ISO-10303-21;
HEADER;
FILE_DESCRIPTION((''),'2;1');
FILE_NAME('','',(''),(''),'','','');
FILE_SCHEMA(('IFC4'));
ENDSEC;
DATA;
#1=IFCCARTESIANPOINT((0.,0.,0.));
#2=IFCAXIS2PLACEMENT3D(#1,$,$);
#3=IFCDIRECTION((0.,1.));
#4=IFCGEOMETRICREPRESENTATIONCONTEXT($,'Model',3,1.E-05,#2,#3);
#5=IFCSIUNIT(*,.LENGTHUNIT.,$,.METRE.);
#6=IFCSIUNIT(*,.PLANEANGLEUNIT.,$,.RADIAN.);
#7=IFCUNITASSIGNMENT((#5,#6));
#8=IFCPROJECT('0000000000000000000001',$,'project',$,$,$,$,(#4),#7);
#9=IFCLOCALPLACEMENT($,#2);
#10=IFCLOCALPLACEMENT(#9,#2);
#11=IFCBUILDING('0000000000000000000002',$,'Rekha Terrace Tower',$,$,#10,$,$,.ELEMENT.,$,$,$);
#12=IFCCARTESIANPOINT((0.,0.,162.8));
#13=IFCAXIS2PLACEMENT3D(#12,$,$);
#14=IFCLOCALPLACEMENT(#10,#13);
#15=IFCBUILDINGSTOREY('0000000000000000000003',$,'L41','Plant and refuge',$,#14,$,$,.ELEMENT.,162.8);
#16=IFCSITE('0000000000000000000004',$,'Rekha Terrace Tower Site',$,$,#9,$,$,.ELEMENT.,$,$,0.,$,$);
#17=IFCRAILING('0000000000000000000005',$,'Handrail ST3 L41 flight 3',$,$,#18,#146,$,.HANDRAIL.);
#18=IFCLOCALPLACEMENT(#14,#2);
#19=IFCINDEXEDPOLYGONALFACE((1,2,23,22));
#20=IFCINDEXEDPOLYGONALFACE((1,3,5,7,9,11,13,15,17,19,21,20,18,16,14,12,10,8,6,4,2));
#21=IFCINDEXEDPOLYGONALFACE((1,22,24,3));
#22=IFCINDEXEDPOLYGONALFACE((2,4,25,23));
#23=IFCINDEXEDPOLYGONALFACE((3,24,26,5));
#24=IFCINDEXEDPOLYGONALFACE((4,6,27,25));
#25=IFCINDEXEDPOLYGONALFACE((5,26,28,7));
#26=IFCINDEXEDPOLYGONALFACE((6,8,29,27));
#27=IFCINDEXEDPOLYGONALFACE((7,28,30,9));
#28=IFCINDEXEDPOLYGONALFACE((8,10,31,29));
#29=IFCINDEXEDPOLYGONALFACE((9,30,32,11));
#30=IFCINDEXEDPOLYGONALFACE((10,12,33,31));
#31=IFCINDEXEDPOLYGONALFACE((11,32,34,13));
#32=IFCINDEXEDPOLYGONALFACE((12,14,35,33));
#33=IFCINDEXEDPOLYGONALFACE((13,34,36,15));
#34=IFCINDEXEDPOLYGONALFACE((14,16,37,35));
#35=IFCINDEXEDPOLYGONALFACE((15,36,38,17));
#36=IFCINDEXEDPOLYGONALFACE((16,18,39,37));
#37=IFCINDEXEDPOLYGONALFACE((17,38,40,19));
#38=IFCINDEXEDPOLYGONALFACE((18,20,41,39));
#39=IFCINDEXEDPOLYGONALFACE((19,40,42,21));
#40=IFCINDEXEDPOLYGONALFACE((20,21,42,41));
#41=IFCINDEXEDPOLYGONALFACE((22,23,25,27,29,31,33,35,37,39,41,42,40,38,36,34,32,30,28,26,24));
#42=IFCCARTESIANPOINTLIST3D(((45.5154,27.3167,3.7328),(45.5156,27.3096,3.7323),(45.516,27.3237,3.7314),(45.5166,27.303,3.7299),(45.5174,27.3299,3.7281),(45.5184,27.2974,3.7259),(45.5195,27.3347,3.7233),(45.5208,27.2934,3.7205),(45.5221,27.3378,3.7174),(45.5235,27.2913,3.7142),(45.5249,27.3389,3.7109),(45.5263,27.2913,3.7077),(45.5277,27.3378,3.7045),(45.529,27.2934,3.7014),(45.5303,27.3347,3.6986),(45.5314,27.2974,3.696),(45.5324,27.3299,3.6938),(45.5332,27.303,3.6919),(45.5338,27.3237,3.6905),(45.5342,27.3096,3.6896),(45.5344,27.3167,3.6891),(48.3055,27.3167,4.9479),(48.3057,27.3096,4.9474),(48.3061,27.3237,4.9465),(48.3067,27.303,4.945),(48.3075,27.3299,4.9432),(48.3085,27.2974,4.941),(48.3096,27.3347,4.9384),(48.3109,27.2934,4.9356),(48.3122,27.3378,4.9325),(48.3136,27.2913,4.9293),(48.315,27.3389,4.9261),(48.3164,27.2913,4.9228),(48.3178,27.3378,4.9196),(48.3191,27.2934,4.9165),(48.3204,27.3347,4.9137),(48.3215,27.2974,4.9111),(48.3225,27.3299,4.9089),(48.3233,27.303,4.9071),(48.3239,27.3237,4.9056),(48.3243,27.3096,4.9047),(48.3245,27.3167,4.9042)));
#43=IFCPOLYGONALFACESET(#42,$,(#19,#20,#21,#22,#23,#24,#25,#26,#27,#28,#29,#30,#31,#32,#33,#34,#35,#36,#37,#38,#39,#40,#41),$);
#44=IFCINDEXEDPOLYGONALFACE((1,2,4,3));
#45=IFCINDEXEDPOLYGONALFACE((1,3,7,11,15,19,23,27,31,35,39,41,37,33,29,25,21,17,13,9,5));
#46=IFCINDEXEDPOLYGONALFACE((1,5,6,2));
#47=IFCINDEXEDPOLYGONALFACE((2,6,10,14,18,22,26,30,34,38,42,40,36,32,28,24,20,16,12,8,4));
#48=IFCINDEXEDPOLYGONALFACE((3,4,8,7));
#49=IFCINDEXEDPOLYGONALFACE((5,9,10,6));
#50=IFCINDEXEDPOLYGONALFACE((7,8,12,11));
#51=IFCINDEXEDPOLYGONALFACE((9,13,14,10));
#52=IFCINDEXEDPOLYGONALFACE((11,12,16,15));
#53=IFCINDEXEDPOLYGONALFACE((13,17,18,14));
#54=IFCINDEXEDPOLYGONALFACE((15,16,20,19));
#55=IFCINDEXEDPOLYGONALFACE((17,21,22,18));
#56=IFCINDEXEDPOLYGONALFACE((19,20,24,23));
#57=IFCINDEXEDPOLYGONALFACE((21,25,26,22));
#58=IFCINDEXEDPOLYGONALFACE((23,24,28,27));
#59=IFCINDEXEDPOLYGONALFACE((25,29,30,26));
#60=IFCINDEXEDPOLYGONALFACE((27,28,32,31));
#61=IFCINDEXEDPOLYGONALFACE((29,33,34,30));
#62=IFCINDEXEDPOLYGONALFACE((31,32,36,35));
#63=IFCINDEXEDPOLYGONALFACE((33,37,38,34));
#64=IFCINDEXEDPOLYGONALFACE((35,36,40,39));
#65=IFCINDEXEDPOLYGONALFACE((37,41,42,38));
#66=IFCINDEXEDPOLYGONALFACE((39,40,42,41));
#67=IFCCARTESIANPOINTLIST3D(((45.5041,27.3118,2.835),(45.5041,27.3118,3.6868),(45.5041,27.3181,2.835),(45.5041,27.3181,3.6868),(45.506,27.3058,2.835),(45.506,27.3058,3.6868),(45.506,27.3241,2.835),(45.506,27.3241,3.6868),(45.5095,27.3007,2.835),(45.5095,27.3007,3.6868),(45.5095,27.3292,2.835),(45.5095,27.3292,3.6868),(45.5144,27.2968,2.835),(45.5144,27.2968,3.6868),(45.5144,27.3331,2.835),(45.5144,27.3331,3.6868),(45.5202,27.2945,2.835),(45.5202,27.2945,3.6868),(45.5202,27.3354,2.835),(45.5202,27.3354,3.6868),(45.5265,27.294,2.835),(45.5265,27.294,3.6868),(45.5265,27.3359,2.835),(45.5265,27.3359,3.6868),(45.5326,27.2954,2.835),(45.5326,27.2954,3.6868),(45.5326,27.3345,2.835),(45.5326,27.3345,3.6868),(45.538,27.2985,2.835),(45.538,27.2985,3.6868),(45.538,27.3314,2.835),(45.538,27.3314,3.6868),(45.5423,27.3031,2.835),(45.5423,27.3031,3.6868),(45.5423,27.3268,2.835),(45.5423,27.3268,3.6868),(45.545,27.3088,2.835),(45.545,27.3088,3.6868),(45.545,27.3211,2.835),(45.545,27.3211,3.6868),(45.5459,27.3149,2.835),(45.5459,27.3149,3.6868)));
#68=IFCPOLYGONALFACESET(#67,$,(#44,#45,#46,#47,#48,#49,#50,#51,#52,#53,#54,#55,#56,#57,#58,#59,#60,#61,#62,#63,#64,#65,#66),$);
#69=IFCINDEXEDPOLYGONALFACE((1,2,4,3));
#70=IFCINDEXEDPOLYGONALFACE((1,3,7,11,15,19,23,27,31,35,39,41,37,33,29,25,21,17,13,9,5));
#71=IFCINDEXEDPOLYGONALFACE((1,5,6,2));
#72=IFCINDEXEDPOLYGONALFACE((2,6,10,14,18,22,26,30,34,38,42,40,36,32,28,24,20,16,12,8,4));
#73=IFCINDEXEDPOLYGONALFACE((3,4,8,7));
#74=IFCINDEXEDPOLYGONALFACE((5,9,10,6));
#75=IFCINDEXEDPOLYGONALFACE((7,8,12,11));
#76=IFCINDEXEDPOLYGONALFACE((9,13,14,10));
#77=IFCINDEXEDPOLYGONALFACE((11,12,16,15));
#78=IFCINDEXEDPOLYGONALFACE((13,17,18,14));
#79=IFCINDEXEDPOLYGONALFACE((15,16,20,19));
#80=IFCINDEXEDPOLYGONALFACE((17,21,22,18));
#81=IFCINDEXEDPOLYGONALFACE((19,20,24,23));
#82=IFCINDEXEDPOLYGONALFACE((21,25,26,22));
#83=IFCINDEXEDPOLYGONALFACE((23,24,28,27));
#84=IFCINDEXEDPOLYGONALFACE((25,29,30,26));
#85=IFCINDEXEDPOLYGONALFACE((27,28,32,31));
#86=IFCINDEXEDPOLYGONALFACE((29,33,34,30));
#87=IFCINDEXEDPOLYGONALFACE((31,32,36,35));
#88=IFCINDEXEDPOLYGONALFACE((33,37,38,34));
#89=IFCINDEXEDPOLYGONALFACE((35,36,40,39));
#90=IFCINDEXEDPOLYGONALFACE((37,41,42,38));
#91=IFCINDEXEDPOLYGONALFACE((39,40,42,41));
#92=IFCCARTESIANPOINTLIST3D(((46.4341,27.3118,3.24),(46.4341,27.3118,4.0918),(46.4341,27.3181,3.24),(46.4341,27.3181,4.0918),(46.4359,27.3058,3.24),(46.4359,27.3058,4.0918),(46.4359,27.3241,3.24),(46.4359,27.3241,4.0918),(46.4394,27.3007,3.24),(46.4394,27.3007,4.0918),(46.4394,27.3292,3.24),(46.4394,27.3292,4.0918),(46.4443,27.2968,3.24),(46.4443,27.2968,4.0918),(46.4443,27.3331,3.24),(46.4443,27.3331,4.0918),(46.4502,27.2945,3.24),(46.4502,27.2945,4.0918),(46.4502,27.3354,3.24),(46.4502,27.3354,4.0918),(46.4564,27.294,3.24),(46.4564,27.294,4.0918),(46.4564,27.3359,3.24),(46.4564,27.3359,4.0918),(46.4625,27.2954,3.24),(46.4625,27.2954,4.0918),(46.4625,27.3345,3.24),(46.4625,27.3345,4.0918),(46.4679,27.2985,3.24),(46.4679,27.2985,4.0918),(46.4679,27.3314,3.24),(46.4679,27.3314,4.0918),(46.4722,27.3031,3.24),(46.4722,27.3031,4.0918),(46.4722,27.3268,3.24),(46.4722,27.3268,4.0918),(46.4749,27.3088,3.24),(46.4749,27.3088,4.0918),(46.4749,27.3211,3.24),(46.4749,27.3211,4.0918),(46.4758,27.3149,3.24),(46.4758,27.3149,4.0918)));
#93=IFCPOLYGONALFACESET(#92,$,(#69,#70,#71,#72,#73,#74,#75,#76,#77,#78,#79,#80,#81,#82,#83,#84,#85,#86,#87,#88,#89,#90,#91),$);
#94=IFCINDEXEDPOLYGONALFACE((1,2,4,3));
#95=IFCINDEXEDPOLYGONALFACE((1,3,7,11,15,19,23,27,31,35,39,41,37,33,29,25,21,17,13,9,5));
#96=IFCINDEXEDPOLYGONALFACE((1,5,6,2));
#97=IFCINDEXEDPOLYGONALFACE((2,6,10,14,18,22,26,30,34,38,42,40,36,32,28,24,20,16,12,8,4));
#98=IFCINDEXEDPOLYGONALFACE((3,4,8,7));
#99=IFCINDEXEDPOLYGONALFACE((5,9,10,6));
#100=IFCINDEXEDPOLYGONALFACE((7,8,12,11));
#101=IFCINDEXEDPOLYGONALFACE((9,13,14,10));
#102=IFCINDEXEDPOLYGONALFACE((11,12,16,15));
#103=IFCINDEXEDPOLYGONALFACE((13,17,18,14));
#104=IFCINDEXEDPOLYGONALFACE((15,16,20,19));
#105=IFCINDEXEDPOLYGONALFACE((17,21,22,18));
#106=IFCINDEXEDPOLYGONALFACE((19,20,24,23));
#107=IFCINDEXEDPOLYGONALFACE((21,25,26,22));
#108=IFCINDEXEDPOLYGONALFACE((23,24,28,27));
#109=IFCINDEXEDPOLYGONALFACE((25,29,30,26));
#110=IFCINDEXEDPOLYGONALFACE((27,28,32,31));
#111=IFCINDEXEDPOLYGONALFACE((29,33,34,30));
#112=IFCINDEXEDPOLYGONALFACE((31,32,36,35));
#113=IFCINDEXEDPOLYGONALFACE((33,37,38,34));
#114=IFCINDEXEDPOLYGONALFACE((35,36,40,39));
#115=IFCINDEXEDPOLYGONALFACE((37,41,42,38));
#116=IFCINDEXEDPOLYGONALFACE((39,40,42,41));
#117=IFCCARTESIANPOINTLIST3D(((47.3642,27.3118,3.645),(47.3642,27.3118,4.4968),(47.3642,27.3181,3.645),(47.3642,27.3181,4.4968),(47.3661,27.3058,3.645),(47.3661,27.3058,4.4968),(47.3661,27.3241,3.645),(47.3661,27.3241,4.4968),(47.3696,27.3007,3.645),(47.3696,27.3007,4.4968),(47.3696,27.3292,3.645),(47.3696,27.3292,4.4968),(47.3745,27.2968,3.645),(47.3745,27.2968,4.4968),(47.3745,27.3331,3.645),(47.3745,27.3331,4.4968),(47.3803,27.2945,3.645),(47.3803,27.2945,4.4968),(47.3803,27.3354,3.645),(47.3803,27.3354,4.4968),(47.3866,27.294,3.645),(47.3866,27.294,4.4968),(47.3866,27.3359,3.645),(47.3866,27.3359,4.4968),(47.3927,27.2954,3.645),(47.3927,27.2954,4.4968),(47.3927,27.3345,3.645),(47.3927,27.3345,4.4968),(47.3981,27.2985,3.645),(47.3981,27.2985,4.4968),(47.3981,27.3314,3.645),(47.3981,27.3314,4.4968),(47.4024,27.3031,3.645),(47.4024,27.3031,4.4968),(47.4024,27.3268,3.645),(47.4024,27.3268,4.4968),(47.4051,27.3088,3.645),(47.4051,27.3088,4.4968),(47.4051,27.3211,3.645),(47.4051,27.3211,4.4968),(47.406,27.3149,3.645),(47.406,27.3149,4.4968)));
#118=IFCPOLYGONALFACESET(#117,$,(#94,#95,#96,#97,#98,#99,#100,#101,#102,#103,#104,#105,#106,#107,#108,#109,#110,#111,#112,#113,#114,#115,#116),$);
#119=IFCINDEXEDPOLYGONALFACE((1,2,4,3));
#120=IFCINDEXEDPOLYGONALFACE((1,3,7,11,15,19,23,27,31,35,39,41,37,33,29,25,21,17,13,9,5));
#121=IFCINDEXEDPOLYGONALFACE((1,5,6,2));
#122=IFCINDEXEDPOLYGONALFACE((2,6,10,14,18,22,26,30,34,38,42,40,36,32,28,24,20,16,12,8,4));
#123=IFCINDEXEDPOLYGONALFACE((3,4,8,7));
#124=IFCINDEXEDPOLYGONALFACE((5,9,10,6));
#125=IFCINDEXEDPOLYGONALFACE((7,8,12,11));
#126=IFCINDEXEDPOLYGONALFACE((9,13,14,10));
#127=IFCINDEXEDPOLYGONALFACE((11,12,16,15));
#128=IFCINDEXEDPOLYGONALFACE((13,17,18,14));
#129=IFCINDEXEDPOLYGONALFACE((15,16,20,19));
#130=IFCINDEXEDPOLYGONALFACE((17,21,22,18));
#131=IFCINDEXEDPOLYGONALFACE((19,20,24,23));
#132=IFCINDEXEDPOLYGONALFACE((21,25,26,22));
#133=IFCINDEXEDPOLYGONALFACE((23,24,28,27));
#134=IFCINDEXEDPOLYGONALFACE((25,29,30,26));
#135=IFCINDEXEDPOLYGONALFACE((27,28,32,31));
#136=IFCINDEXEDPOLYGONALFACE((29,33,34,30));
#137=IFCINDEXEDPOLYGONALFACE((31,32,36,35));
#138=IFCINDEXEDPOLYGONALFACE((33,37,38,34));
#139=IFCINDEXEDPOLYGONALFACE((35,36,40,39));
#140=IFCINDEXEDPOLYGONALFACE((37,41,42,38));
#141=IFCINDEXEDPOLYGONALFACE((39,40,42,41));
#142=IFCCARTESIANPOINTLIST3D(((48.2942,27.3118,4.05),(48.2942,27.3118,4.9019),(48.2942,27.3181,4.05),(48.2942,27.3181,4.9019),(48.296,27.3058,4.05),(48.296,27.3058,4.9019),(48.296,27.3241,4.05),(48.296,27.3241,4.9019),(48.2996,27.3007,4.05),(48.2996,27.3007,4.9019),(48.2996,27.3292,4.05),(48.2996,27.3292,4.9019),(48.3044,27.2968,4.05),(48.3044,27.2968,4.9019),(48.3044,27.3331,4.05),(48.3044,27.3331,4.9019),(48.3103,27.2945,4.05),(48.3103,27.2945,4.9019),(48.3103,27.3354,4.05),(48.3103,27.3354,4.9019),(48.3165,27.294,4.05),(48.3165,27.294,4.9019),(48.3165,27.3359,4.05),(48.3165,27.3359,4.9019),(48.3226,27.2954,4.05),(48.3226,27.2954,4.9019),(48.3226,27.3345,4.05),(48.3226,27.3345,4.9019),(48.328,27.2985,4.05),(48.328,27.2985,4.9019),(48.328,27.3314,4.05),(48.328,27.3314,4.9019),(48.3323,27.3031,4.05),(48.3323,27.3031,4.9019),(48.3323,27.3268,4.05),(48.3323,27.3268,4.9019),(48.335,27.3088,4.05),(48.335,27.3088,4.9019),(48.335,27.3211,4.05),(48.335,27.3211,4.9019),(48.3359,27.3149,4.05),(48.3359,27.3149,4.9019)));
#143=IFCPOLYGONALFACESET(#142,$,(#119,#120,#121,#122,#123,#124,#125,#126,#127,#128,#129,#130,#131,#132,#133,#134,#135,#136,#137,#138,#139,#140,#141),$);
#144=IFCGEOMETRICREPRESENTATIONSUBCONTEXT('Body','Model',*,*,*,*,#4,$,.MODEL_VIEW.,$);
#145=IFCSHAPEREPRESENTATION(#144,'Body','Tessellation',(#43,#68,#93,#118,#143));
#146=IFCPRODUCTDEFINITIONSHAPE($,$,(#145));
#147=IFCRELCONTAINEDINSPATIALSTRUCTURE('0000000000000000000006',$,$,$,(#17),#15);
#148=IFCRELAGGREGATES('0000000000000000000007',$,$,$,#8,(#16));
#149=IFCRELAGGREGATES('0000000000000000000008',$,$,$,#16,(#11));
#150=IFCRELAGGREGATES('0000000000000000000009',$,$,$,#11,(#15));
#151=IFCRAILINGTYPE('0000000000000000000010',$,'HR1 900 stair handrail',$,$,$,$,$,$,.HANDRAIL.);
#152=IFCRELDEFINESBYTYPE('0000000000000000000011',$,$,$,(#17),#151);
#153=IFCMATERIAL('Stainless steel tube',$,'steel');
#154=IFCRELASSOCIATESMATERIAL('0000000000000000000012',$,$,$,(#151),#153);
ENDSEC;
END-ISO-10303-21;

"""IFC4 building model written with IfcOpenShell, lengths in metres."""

from ifc_helpers import new_model, si_unit, direction, frame, origin, origin_2d, place, context, subcontext, project, spatial, circle, extrude, material, type_object, element, save


model = new_model("IFC4")

# Units and contexts
model_context = context("Model", 3, precision=1e-05, world=origin(), true_north=direction((0.0, 1.0)))
body_context = subcontext(model_context, "Body", "Model", "MODEL_VIEW")
ifc_project = project(units=[si_unit("LENGTHUNIT", "METRE"), si_unit("PLANEANGLEUNIT", "RADIAN")], contexts=[model_context])

# Site, building, storey
site_placement = place(None, origin())
site = spatial("IfcSite", under=ifc_project, at=site_placement, Name="Rekha Terrace Tower Site", CompositionType="ELEMENT", RefElevation=0.0)
building_placement = place(site_placement, origin())
building = spatial("IfcBuilding", under=site, at=building_placement, Name="Rekha Terrace Tower", CompositionType="ELEMENT")
storey_placement = place(building_placement, frame((0.0, 0.0, 162.8)))
storey = spatial("IfcBuildingStorey", under=building, at=storey_placement, Name="L41", Description="Plant and refuge", CompositionType="ELEMENT", Elevation=162.8)

# Railing
ifc_material_1 = material(Name="Stainless steel tube", Category="steel")
railing_type_1 = type_object("IfcRailingType", Name="HR1 900 stair handrail", PredefinedType="HANDRAIL", material=ifc_material_1)
railing_1_placement = place(storey_placement, frame((45.5249, 27.3149, 2.835)))
element("IfcRailing", 1, at=railing_1_placement, inside=storey, type_object=railing_type_1, Name="Handrail ST3 L41 flight 3", PredefinedType="HANDRAIL", context=body_context, shape_type="SweptSolid", body=[
    extrude(circle(Radius=0.0239, at=origin_2d()), frame((0.0, 0.0, 0.876), z_axis=(0.916826, 0.0, 0.399286), x_axis=(0.0, 1.0, 0.0)), (0.0, 0.0, 1.0), 3.0432),
    extrude(circle(Radius=0.021, at=origin_2d()), origin(), (0.0, 0.0, 1.0), 0.8518),
    extrude(circle(Radius=0.021, at=origin_2d()), frame((0.9299, 0.0, 0.405)), (0.0, 0.0, 1.0), 0.8518),
    extrude(circle(Radius=0.021, at=origin_2d()), frame((1.8601, 0.0, 0.8101)), (0.0, 0.0, 1.0), 0.8518),
    extrude(circle(Radius=0.021, at=origin_2d()), frame((2.79, 0.0, 1.2151)), (0.0, 0.0, 1.0), 0.8518),
])

save(model, "model.ifc")
